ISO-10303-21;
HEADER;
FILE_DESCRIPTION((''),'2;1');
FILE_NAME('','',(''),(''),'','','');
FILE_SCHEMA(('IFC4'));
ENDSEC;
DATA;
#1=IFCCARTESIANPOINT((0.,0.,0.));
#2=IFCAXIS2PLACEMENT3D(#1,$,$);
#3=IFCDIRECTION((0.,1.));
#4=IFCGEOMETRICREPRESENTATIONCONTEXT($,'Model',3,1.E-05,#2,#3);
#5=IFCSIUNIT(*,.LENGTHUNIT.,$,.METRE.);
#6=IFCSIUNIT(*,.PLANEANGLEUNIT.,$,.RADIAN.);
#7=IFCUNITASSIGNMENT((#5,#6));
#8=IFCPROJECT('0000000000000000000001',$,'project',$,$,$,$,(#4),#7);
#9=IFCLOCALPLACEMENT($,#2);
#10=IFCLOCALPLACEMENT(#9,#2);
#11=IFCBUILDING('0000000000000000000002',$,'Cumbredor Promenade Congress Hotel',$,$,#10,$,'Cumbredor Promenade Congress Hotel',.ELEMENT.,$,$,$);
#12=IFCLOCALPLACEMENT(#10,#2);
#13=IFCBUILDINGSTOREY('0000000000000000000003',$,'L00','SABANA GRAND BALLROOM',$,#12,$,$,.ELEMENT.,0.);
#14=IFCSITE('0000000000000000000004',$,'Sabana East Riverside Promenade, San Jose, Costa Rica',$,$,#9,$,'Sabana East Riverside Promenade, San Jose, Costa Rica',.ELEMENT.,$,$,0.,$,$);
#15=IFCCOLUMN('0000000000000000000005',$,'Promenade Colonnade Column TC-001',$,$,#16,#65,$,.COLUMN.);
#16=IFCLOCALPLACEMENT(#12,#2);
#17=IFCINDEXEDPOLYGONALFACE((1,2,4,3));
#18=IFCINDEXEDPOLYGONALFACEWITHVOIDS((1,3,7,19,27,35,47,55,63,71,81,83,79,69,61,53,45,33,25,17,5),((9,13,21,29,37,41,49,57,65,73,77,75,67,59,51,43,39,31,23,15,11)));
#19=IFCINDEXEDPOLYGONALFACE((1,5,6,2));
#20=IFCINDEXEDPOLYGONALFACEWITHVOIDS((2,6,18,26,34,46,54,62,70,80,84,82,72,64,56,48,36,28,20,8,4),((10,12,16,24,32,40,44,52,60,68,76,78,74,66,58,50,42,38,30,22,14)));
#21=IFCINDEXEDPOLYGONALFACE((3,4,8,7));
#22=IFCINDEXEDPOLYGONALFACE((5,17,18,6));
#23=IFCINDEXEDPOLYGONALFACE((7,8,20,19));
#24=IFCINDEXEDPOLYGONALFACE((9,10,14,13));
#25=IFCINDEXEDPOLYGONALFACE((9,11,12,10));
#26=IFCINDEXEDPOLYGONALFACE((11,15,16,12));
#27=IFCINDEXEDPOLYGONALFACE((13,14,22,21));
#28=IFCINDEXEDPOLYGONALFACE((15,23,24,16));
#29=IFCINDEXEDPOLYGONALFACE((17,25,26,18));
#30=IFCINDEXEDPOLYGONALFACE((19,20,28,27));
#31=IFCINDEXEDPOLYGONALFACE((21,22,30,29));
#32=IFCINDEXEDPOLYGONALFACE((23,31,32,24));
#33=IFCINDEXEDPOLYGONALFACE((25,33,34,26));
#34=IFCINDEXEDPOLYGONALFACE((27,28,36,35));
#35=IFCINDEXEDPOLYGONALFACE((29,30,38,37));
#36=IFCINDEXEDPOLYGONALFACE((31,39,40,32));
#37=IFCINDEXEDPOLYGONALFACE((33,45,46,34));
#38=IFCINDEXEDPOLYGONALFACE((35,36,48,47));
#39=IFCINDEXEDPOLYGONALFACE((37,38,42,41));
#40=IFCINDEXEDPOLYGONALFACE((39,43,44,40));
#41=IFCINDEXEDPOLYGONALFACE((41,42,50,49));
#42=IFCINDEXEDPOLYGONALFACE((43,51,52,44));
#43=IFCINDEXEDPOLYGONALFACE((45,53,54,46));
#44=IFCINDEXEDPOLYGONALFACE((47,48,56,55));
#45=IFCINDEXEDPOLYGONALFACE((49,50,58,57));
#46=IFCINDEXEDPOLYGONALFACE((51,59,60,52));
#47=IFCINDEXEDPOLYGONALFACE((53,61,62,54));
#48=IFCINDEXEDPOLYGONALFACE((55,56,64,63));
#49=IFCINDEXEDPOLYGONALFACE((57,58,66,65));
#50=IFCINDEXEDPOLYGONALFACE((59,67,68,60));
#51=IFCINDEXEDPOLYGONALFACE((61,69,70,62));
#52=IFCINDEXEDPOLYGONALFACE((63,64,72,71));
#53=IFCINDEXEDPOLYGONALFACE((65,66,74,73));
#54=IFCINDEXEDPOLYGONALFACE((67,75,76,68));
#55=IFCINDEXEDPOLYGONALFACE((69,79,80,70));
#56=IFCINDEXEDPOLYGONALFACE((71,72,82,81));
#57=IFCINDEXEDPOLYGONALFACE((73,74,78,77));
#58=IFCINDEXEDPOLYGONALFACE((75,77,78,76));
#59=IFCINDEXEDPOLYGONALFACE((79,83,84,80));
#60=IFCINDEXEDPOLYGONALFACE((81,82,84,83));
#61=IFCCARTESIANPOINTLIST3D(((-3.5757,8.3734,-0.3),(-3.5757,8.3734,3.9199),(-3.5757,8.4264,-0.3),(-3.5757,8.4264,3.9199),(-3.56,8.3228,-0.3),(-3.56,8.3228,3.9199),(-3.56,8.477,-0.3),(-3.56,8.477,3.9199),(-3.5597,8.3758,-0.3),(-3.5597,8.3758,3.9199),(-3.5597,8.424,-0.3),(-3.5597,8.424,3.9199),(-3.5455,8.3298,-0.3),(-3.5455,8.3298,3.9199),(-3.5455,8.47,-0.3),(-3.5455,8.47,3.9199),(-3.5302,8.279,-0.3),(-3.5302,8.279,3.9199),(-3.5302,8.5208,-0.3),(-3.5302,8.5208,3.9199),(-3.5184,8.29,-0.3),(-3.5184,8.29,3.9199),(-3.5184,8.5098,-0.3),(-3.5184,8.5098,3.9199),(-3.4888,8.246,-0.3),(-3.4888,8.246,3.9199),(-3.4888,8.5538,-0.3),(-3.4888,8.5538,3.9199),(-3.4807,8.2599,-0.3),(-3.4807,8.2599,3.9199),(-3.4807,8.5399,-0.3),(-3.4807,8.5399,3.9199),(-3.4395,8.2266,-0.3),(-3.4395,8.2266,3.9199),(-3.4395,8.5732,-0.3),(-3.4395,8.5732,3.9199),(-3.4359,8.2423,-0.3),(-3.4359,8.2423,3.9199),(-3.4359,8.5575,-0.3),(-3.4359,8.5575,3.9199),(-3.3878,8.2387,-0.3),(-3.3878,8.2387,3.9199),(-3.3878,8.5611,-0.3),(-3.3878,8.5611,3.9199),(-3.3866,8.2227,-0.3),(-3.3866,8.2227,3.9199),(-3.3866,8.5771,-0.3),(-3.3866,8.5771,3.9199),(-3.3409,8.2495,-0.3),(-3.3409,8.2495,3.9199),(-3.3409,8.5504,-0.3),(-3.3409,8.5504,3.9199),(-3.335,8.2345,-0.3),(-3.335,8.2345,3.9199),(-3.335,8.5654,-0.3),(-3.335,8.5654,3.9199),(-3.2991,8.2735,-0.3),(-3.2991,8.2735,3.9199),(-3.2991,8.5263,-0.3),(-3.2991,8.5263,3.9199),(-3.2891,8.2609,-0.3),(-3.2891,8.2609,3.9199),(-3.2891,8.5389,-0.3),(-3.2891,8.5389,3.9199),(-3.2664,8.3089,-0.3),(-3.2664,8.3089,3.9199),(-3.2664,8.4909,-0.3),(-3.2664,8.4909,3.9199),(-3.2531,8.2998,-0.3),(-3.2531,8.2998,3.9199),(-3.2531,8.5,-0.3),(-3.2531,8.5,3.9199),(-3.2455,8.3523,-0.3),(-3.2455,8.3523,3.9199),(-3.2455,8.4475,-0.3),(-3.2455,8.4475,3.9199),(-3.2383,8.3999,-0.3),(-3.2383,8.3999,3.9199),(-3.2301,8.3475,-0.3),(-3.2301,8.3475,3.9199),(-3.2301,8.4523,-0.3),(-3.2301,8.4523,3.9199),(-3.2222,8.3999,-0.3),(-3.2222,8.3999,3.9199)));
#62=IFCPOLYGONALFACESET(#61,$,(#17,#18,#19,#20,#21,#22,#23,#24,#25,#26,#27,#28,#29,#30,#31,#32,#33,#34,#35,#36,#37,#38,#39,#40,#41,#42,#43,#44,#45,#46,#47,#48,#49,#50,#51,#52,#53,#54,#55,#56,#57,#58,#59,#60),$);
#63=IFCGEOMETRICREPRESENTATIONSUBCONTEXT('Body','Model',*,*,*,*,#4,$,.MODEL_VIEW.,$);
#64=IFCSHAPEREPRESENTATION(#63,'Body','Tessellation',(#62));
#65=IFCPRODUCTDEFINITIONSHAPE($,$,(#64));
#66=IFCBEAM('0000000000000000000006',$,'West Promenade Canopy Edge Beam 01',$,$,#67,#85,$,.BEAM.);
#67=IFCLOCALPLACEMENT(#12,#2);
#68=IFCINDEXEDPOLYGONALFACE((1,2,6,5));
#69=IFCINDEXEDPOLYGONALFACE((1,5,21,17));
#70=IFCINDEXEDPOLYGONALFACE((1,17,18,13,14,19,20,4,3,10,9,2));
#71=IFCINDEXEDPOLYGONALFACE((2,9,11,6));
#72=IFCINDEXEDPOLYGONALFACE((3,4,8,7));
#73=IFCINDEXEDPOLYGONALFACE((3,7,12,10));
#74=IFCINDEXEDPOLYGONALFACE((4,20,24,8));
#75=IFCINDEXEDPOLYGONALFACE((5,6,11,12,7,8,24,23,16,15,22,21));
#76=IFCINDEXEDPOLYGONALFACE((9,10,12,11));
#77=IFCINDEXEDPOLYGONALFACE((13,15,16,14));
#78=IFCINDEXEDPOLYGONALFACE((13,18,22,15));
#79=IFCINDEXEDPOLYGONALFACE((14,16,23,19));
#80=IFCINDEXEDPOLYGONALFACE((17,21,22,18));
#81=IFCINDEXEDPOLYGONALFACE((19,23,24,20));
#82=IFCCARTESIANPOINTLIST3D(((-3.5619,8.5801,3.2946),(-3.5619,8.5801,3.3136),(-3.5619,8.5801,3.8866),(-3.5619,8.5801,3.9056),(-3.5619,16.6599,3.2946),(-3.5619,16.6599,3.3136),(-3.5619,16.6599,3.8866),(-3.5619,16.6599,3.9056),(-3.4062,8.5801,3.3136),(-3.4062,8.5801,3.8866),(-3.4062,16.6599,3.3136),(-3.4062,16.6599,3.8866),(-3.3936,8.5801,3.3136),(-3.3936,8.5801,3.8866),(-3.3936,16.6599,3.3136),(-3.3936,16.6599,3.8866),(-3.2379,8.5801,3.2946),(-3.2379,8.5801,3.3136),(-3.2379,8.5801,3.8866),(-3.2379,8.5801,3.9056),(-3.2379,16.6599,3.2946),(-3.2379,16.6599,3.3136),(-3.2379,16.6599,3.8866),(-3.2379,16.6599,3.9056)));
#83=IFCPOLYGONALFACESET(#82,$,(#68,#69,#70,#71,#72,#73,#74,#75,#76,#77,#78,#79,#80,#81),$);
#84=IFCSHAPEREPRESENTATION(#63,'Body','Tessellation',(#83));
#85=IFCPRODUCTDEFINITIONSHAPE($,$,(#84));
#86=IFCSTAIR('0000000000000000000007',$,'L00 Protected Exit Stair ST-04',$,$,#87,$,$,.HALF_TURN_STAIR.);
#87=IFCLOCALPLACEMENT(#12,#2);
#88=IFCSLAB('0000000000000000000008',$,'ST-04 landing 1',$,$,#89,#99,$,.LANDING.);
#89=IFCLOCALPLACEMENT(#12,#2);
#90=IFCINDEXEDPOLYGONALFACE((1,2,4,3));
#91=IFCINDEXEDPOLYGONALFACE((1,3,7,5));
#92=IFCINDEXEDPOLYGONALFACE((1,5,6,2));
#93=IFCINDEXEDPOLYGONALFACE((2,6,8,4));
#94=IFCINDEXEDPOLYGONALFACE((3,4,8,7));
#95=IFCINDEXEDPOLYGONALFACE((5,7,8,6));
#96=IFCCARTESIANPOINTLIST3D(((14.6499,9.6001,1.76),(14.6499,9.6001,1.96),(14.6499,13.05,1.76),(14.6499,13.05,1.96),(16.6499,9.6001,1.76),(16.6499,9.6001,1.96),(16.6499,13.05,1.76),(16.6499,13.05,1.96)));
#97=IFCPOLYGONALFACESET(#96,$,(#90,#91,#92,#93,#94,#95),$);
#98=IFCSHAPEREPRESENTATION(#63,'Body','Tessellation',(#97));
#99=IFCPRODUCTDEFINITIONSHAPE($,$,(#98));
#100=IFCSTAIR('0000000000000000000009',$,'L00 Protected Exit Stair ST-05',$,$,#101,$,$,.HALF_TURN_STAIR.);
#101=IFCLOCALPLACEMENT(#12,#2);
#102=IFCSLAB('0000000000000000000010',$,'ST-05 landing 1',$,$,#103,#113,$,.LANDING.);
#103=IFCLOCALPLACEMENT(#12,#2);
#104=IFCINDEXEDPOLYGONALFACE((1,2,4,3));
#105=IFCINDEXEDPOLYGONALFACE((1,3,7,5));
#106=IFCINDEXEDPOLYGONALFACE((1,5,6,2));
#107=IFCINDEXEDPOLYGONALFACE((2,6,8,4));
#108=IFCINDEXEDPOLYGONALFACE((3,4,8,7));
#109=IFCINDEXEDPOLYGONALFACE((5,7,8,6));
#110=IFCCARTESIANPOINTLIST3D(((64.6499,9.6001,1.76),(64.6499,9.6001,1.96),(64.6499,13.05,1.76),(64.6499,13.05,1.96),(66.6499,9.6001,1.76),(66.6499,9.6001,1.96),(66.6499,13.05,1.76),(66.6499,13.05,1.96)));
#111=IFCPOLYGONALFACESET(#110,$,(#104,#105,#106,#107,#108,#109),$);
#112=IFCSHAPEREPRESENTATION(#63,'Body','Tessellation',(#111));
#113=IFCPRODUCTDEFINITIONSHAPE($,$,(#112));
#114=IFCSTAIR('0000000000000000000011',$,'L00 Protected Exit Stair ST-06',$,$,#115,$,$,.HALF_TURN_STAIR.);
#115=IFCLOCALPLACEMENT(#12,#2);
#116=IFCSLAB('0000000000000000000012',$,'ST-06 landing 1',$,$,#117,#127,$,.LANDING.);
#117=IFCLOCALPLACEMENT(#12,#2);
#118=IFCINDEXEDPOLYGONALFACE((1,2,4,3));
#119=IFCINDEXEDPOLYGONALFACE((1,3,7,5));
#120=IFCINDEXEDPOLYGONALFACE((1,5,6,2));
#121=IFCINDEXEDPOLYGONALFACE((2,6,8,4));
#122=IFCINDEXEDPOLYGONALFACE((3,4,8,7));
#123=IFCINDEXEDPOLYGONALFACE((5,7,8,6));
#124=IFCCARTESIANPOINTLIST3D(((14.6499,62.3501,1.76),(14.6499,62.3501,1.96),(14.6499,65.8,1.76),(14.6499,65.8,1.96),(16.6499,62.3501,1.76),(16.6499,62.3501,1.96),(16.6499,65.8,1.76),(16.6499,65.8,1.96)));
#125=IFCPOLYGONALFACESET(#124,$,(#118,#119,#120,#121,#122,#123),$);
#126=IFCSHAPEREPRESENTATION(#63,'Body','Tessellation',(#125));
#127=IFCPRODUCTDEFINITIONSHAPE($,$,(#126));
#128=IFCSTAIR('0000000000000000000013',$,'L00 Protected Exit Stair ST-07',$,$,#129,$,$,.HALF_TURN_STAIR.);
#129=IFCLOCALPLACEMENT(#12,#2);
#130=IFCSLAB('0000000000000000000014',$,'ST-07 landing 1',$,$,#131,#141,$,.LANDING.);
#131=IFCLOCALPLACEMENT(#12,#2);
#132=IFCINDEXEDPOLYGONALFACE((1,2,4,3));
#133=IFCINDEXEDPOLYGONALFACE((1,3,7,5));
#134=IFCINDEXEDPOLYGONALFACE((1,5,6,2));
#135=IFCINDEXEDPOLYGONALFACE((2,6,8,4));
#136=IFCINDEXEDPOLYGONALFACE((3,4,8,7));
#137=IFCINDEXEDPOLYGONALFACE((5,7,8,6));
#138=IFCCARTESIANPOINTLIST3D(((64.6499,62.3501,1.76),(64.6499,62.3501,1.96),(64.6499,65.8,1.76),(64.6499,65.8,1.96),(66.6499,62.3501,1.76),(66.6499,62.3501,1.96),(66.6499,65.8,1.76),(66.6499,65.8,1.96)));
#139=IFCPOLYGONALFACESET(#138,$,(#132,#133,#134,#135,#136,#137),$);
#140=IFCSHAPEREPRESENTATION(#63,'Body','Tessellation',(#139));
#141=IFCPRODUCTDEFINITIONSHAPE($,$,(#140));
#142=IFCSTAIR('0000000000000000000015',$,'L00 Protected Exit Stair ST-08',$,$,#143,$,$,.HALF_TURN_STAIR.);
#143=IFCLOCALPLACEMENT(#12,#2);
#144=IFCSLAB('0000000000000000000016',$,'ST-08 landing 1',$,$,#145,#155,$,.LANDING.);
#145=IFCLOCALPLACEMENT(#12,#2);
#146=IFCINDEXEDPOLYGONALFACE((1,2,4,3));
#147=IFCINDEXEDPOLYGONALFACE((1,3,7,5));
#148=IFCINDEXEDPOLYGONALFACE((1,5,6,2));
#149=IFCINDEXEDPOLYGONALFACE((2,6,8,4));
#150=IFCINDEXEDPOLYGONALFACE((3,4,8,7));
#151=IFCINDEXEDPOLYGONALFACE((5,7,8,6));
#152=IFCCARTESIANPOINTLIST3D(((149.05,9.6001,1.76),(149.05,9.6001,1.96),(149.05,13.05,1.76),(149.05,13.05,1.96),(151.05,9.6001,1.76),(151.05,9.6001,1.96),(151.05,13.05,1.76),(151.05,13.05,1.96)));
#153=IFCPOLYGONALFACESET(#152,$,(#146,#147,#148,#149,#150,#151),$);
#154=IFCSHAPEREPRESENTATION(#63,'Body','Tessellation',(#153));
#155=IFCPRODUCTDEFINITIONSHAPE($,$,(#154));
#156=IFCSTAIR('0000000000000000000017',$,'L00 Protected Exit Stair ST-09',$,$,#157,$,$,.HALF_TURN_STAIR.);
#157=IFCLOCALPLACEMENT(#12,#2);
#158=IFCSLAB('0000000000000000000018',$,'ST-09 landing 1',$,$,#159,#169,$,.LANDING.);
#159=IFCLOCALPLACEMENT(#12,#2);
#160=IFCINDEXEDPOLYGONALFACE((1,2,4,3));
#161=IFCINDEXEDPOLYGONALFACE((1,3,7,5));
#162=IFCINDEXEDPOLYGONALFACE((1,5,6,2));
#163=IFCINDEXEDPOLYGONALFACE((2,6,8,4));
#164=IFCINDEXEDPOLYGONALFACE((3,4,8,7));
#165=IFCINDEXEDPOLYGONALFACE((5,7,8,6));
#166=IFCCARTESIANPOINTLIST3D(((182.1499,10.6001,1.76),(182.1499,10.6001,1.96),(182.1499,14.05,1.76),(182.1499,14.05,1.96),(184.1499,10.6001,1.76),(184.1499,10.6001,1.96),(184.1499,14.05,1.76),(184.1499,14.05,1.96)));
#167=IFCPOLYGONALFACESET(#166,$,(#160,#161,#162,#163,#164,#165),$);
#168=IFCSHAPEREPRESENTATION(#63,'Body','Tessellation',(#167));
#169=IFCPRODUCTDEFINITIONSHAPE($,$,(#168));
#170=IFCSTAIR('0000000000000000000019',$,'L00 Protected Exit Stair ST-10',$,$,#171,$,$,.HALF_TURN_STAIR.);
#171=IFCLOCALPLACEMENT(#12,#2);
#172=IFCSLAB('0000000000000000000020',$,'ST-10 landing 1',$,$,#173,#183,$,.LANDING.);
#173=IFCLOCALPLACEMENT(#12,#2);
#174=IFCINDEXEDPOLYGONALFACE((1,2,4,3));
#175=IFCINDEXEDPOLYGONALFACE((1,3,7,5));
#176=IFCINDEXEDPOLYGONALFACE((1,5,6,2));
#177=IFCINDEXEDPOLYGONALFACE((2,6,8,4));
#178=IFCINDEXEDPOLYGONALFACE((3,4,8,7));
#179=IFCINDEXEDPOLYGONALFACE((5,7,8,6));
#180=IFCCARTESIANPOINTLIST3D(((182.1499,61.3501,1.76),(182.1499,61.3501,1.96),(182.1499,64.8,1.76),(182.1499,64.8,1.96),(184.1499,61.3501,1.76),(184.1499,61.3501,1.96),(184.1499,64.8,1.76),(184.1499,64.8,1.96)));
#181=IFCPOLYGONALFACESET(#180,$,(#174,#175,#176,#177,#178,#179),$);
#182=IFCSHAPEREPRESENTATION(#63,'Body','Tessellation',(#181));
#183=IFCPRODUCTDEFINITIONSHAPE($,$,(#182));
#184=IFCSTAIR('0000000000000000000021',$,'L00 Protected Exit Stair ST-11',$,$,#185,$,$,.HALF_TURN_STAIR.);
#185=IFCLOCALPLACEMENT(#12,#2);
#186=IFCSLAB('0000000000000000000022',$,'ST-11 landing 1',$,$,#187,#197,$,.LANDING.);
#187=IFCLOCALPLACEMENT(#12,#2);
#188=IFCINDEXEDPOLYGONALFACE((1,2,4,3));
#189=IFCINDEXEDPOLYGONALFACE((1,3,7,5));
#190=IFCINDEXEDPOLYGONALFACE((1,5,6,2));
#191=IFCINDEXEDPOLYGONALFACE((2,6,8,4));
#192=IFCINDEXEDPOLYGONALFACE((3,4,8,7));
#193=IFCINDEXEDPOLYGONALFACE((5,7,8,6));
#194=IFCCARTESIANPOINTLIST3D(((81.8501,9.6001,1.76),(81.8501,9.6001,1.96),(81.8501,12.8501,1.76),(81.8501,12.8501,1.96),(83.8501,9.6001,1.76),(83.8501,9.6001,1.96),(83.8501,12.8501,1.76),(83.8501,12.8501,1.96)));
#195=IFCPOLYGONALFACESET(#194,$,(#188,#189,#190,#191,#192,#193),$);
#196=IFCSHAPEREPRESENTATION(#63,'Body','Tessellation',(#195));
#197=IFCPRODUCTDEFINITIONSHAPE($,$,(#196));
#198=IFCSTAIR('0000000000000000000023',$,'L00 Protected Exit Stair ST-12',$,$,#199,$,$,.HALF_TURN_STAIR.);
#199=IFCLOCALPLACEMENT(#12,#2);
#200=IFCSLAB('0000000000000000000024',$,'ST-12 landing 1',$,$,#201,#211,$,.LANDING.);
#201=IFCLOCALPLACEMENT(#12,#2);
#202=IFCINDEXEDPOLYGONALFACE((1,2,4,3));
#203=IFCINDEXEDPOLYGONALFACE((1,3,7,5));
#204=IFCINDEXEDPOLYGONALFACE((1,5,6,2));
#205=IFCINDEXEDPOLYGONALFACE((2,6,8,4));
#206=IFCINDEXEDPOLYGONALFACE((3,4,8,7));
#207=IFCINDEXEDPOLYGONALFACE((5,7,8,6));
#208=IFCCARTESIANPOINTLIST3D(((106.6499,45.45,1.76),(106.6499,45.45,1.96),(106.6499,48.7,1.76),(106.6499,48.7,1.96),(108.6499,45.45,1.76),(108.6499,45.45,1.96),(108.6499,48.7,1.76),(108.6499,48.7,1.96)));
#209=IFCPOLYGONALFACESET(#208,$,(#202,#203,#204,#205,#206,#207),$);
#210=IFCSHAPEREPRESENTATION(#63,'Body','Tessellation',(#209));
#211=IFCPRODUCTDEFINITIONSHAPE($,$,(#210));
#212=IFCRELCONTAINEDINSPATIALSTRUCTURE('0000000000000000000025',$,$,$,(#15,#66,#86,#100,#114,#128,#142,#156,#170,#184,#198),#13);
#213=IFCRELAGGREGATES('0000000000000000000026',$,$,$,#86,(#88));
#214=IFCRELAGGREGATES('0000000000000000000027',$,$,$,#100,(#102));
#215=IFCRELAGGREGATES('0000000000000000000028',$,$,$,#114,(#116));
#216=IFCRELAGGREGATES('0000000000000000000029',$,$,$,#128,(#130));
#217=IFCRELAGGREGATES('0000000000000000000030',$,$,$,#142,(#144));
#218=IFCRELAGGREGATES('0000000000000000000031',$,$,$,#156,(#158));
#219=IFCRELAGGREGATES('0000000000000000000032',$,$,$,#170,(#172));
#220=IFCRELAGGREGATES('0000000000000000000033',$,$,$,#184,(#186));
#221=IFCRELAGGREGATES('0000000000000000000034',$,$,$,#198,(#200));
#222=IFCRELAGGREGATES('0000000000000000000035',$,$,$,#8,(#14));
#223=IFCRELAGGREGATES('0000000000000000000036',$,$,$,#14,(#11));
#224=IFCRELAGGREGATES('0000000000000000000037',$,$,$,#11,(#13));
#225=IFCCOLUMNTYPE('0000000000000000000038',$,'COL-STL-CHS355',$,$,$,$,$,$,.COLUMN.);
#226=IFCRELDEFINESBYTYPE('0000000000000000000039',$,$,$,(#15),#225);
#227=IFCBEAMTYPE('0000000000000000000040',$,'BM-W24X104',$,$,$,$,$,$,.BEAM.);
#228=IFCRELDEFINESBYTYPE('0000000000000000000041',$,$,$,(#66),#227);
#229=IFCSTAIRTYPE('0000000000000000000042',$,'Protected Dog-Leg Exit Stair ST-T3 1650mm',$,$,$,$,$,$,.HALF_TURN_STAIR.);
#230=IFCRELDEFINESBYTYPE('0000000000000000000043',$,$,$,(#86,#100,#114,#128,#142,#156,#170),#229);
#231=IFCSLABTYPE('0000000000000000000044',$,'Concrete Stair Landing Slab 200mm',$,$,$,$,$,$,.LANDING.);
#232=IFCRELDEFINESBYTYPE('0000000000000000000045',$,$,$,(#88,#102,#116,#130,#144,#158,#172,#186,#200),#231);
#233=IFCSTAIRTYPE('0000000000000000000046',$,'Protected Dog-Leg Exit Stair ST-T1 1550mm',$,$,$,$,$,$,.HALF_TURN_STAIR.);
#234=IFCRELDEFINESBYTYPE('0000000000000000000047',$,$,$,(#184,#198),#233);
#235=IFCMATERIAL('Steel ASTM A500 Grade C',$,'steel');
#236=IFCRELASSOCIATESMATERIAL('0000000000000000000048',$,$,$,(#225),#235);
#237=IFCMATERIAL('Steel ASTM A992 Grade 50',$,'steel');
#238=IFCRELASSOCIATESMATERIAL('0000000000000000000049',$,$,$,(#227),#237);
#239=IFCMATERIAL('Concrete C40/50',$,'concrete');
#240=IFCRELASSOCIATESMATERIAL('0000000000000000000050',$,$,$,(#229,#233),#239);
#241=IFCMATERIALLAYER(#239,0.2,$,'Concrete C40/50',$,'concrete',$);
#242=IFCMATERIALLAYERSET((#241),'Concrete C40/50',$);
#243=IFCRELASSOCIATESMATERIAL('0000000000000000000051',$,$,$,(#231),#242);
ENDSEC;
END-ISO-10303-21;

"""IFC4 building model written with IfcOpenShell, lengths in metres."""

from ifc_helpers import new_model, si_unit, direction, frame, origin, origin_2d, place, context, subcontext, project, spatial, polyline, hollow_circle, i_section, outline, extrude, material, layer, layer_set, material_profile, profile_set, type_object, element, aggregate, save


model = new_model("IFC4")

# Units and contexts
model_context = context("Model", 3, precision=1e-05, world=origin(), true_north=direction((0.0, 1.0)))
body_context = subcontext(model_context, "Body", "Model", "MODEL_VIEW")
ifc_project = project(units=[si_unit("LENGTHUNIT", "METRE"), si_unit("PLANEANGLEUNIT", "RADIAN")], contexts=[model_context])

# Site, building, storey
site_placement = place(None, origin())
site = spatial("IfcSite", under=ifc_project, at=site_placement, Name="Sabana East Riverside Promenade, San Jose, Costa Rica", LongName="Sabana East Riverside Promenade, San Jose, Costa Rica", CompositionType="ELEMENT", RefElevation=0.0)
building_placement = place(site_placement, origin())
building = spatial("IfcBuilding", under=site, at=building_placement, Name="Cumbredor Promenade Congress Hotel", LongName="Cumbredor Promenade Congress Hotel", CompositionType="ELEMENT")
storey_placement = place(building_placement, origin())
storey = spatial("IfcBuildingStorey", under=building, at=storey_placement, Name="L00", Description="SABANA GRAND BALLROOM", CompositionType="ELEMENT", Elevation=0.0)

# Column
ifc_material_1 = material(Name="Steel ASTM A500 Grade C", Category="steel")
ifc_material_profile_1 = material_profile(ifc_material_1, hollow_circle(Radius=0.1777, WallThickness=0.0161, at=origin_2d()), Name="CHS 355.6x16")
ifc_profile_set_1 = profile_set([ifc_material_profile_1], Name="Steel ASTM A500 Grade C")
column_type = type_object("IfcColumnType", Name="COL-STL-CHS355", PredefinedType="COLUMN", material=ifc_profile_set_1)
column_placement = place(storey_placement, frame((-3.3999, 8.3999, -0.3), z_axis=(0.0, 0.0, 1.0), x_axis=(1.0, 0.0, 0.0)))
element("IfcColumn", 1, at=column_placement, inside=storey, type_object=column_type, Name="Promenade Colonnade Column TC-001", PredefinedType="COLUMN", context=body_context, shape_type="SweptSolid", body=[
    extrude(hollow_circle(Radius=0.1777, WallThickness=0.0161, at=origin_2d()), origin(), (0.0, 0.0, 1.0), 4.22),
])

# Beam
ifc_material_2 = material(Name="Steel ASTM A992 Grade 50", Category="steel")
ifc_material_profile_2 = material_profile(ifc_material_2, i_section(OverallWidth=0.324, OverallDepth=0.6111, WebThickness=0.0127, FlangeThickness=0.019, at=origin_2d()), Name="W24X104")
ifc_profile_set_2 = profile_set([ifc_material_profile_2], Name="Steel ASTM A992 Grade 50")
beam_type = type_object("IfcBeamType", Name="BM-W24X104", PredefinedType="BEAM", material=ifc_profile_set_2)
beam_placement = place(storey_placement, frame((-3.3999, 8.5801, 3.6001), z_axis=(0.0, 1.0, 0.0), x_axis=(-1.0, 0.0, 0.0)))
element("IfcBeam", 2, at=beam_placement, inside=storey, type_object=beam_type, Name="West Promenade Canopy Edge Beam 01", PredefinedType="BEAM", context=body_context, shape_type="SweptSolid", body=[
    extrude(i_section(OverallWidth=0.324, OverallDepth=0.6111, WebThickness=0.0127, FlangeThickness=0.019, at=origin_2d()), origin(), (0.0, 0.0, 1.0), 8.0798),
])

# Stairs, slabs
ifc_material_3 = material(Name="Concrete C40/50", Category="concrete")
stair_type_1 = type_object("IfcStairType", Name="Protected Dog-Leg Exit Stair ST-T3 1650mm", PredefinedType="HALF_TURN_STAIR", material=ifc_material_3)
stair_1_placement = place(storey_placement, origin())
stair_1 = element("IfcStair", 3, at=stair_1_placement, inside=storey, type_object=stair_type_1, Name="L00 Protected Exit Stair ST-04", PredefinedType="HALF_TURN_STAIR")
ifc_layer_1 = layer(ifc_material_3, 0.2, Name="Concrete C40/50", Category="concrete")
ifc_layer_set_1 = layer_set([ifc_layer_1], Name="Concrete C40/50")
slab_type = type_object("IfcSlabType", Name="Concrete Stair Landing Slab 200mm", PredefinedType="LANDING", material=ifc_layer_set_1)
slab_1_placement = place(storey_placement, frame((0.0, 0.0, 1.76)))
slab_1 = element("IfcSlab", 4, at=slab_1_placement, type_object=slab_type, Name="ST-04 landing 1", PredefinedType="LANDING", context=body_context, shape_type="SweptSolid", body=[
    extrude(outline(polyline([(14.6499, 9.6001), (16.6499, 9.6001), (16.6499, 13.05), (14.6499, 13.05), (14.6499, 9.6001)])), origin(), (0.0, 0.0, 1.0), 0.2),
])
aggregate(stair_1, [slab_1])
stair_2_placement = place(storey_placement, origin())
stair_2 = element("IfcStair", 5, at=stair_2_placement, inside=storey, type_object=stair_type_1, Name="L00 Protected Exit Stair ST-05", PredefinedType="HALF_TURN_STAIR")
slab_2_placement = place(storey_placement, frame((0.0, 0.0, 1.76)))
slab_2 = element("IfcSlab", 6, at=slab_2_placement, type_object=slab_type, Name="ST-05 landing 1", PredefinedType="LANDING", context=body_context, shape_type="SweptSolid", body=[
    extrude(outline(polyline([(64.6499, 9.6001), (66.6499, 9.6001), (66.6499, 13.05), (64.6499, 13.05), (64.6499, 9.6001)])), origin(), (0.0, 0.0, 1.0), 0.2),
])
aggregate(stair_2, [slab_2])
stair_3_placement = place(storey_placement, origin())
stair_3 = element("IfcStair", 7, at=stair_3_placement, inside=storey, type_object=stair_type_1, Name="L00 Protected Exit Stair ST-06", PredefinedType="HALF_TURN_STAIR")
slab_3_placement = place(storey_placement, frame((0.0, 0.0, 1.76)))
slab_3 = element("IfcSlab", 8, at=slab_3_placement, type_object=slab_type, Name="ST-06 landing 1", PredefinedType="LANDING", context=body_context, shape_type="SweptSolid", body=[
    extrude(outline(polyline([(14.6499, 62.3501), (16.6499, 62.3501), (16.6499, 65.8), (14.6499, 65.8), (14.6499, 62.3501)])), origin(), (0.0, 0.0, 1.0), 0.2),
])
aggregate(stair_3, [slab_3])
stair_4_placement = place(storey_placement, origin())
stair_4 = element("IfcStair", 9, at=stair_4_placement, inside=storey, type_object=stair_type_1, Name="L00 Protected Exit Stair ST-07", PredefinedType="HALF_TURN_STAIR")
slab_4_placement = place(storey_placement, frame((0.0, 0.0, 1.76)))
slab_4 = element("IfcSlab", 10, at=slab_4_placement, type_object=slab_type, Name="ST-07 landing 1", PredefinedType="LANDING", context=body_context, shape_type="SweptSolid", body=[
    extrude(outline(polyline([(64.6499, 62.3501), (66.6499, 62.3501), (66.6499, 65.8), (64.6499, 65.8), (64.6499, 62.3501)])), origin(), (0.0, 0.0, 1.0), 0.2),
])
aggregate(stair_4, [slab_4])
stair_5_placement = place(storey_placement, origin())
stair_5 = element("IfcStair", 11, at=stair_5_placement, inside=storey, type_object=stair_type_1, Name="L00 Protected Exit Stair ST-08", PredefinedType="HALF_TURN_STAIR")
slab_5_placement = place(storey_placement, frame((0.0, 0.0, 1.76)))
slab_5 = element("IfcSlab", 12, at=slab_5_placement, type_object=slab_type, Name="ST-08 landing 1", PredefinedType="LANDING", context=body_context, shape_type="SweptSolid", body=[
    extrude(outline(polyline([(149.05, 9.6001), (151.05, 9.6001), (151.05, 13.05), (149.05, 13.05), (149.05, 9.6001)])), origin(), (0.0, 0.0, 1.0), 0.2),
])
aggregate(stair_5, [slab_5])
stair_6_placement = place(storey_placement, origin())
stair_6 = element("IfcStair", 13, at=stair_6_placement, inside=storey, type_object=stair_type_1, Name="L00 Protected Exit Stair ST-09", PredefinedType="HALF_TURN_STAIR")
slab_6_placement = place(storey_placement, frame((0.0, 0.0, 1.76)))
slab_6 = element("IfcSlab", 14, at=slab_6_placement, type_object=slab_type, Name="ST-09 landing 1", PredefinedType="LANDING", context=body_context, shape_type="SweptSolid", body=[
    extrude(outline(polyline([(182.1499, 10.6001), (184.1499, 10.6001), (184.1499, 14.05), (182.1499, 14.05), (182.1499, 10.6001)])), origin(), (0.0, 0.0, 1.0), 0.2),
])
aggregate(stair_6, [slab_6])
stair_7_placement = place(storey_placement, origin())
stair_7 = element("IfcStair", 15, at=stair_7_placement, inside=storey, type_object=stair_type_1, Name="L00 Protected Exit Stair ST-10", PredefinedType="HALF_TURN_STAIR")
slab_7_placement = place(storey_placement, frame((0.0, 0.0, 1.76)))
slab_7 = element("IfcSlab", 16, at=slab_7_placement, type_object=slab_type, Name="ST-10 landing 1", PredefinedType="LANDING", context=body_context, shape_type="SweptSolid", body=[
    extrude(outline(polyline([(182.1499, 61.3501), (184.1499, 61.3501), (184.1499, 64.8), (182.1499, 64.8), (182.1499, 61.3501)])), origin(), (0.0, 0.0, 1.0), 0.2),
])
aggregate(stair_7, [slab_7])
stair_type_2 = type_object("IfcStairType", Name="Protected Dog-Leg Exit Stair ST-T1 1550mm", PredefinedType="HALF_TURN_STAIR", material=ifc_material_3)
stair_8_placement = place(storey_placement, origin())
stair_8 = element("IfcStair", 17, at=stair_8_placement, inside=storey, type_object=stair_type_2, Name="L00 Protected Exit Stair ST-11", PredefinedType="HALF_TURN_STAIR")
slab_8_placement = place(storey_placement, frame((0.0, 0.0, 1.76)))
slab_8 = element("IfcSlab", 18, at=slab_8_placement, type_object=slab_type, Name="ST-11 landing 1", PredefinedType="LANDING", context=body_context, shape_type="SweptSolid", body=[
    extrude(outline(polyline([(81.8501, 9.6001), (83.8501, 9.6001), (83.8501, 12.8501), (81.8501, 12.8501), (81.8501, 9.6001)])), origin(), (0.0, 0.0, 1.0), 0.2),
])
aggregate(stair_8, [slab_8])
stair_9_placement = place(storey_placement, origin())
stair_9 = element("IfcStair", 19, at=stair_9_placement, inside=storey, type_object=stair_type_2, Name="L00 Protected Exit Stair ST-12", PredefinedType="HALF_TURN_STAIR")
slab_9_placement = place(storey_placement, frame((0.0, 0.0, 1.76)))
slab_9 = element("IfcSlab", 20, at=slab_9_placement, type_object=slab_type, Name="ST-12 landing 1", PredefinedType="LANDING", context=body_context, shape_type="SweptSolid", body=[
    extrude(outline(polyline([(106.6499, 45.45), (108.6499, 45.45), (108.6499, 48.7), (106.6499, 48.7), (106.6499, 45.45)])), origin(), (0.0, 0.0, 1.0), 0.2),
])
aggregate(stair_9, [slab_9])

save(model, "model.ifc")
